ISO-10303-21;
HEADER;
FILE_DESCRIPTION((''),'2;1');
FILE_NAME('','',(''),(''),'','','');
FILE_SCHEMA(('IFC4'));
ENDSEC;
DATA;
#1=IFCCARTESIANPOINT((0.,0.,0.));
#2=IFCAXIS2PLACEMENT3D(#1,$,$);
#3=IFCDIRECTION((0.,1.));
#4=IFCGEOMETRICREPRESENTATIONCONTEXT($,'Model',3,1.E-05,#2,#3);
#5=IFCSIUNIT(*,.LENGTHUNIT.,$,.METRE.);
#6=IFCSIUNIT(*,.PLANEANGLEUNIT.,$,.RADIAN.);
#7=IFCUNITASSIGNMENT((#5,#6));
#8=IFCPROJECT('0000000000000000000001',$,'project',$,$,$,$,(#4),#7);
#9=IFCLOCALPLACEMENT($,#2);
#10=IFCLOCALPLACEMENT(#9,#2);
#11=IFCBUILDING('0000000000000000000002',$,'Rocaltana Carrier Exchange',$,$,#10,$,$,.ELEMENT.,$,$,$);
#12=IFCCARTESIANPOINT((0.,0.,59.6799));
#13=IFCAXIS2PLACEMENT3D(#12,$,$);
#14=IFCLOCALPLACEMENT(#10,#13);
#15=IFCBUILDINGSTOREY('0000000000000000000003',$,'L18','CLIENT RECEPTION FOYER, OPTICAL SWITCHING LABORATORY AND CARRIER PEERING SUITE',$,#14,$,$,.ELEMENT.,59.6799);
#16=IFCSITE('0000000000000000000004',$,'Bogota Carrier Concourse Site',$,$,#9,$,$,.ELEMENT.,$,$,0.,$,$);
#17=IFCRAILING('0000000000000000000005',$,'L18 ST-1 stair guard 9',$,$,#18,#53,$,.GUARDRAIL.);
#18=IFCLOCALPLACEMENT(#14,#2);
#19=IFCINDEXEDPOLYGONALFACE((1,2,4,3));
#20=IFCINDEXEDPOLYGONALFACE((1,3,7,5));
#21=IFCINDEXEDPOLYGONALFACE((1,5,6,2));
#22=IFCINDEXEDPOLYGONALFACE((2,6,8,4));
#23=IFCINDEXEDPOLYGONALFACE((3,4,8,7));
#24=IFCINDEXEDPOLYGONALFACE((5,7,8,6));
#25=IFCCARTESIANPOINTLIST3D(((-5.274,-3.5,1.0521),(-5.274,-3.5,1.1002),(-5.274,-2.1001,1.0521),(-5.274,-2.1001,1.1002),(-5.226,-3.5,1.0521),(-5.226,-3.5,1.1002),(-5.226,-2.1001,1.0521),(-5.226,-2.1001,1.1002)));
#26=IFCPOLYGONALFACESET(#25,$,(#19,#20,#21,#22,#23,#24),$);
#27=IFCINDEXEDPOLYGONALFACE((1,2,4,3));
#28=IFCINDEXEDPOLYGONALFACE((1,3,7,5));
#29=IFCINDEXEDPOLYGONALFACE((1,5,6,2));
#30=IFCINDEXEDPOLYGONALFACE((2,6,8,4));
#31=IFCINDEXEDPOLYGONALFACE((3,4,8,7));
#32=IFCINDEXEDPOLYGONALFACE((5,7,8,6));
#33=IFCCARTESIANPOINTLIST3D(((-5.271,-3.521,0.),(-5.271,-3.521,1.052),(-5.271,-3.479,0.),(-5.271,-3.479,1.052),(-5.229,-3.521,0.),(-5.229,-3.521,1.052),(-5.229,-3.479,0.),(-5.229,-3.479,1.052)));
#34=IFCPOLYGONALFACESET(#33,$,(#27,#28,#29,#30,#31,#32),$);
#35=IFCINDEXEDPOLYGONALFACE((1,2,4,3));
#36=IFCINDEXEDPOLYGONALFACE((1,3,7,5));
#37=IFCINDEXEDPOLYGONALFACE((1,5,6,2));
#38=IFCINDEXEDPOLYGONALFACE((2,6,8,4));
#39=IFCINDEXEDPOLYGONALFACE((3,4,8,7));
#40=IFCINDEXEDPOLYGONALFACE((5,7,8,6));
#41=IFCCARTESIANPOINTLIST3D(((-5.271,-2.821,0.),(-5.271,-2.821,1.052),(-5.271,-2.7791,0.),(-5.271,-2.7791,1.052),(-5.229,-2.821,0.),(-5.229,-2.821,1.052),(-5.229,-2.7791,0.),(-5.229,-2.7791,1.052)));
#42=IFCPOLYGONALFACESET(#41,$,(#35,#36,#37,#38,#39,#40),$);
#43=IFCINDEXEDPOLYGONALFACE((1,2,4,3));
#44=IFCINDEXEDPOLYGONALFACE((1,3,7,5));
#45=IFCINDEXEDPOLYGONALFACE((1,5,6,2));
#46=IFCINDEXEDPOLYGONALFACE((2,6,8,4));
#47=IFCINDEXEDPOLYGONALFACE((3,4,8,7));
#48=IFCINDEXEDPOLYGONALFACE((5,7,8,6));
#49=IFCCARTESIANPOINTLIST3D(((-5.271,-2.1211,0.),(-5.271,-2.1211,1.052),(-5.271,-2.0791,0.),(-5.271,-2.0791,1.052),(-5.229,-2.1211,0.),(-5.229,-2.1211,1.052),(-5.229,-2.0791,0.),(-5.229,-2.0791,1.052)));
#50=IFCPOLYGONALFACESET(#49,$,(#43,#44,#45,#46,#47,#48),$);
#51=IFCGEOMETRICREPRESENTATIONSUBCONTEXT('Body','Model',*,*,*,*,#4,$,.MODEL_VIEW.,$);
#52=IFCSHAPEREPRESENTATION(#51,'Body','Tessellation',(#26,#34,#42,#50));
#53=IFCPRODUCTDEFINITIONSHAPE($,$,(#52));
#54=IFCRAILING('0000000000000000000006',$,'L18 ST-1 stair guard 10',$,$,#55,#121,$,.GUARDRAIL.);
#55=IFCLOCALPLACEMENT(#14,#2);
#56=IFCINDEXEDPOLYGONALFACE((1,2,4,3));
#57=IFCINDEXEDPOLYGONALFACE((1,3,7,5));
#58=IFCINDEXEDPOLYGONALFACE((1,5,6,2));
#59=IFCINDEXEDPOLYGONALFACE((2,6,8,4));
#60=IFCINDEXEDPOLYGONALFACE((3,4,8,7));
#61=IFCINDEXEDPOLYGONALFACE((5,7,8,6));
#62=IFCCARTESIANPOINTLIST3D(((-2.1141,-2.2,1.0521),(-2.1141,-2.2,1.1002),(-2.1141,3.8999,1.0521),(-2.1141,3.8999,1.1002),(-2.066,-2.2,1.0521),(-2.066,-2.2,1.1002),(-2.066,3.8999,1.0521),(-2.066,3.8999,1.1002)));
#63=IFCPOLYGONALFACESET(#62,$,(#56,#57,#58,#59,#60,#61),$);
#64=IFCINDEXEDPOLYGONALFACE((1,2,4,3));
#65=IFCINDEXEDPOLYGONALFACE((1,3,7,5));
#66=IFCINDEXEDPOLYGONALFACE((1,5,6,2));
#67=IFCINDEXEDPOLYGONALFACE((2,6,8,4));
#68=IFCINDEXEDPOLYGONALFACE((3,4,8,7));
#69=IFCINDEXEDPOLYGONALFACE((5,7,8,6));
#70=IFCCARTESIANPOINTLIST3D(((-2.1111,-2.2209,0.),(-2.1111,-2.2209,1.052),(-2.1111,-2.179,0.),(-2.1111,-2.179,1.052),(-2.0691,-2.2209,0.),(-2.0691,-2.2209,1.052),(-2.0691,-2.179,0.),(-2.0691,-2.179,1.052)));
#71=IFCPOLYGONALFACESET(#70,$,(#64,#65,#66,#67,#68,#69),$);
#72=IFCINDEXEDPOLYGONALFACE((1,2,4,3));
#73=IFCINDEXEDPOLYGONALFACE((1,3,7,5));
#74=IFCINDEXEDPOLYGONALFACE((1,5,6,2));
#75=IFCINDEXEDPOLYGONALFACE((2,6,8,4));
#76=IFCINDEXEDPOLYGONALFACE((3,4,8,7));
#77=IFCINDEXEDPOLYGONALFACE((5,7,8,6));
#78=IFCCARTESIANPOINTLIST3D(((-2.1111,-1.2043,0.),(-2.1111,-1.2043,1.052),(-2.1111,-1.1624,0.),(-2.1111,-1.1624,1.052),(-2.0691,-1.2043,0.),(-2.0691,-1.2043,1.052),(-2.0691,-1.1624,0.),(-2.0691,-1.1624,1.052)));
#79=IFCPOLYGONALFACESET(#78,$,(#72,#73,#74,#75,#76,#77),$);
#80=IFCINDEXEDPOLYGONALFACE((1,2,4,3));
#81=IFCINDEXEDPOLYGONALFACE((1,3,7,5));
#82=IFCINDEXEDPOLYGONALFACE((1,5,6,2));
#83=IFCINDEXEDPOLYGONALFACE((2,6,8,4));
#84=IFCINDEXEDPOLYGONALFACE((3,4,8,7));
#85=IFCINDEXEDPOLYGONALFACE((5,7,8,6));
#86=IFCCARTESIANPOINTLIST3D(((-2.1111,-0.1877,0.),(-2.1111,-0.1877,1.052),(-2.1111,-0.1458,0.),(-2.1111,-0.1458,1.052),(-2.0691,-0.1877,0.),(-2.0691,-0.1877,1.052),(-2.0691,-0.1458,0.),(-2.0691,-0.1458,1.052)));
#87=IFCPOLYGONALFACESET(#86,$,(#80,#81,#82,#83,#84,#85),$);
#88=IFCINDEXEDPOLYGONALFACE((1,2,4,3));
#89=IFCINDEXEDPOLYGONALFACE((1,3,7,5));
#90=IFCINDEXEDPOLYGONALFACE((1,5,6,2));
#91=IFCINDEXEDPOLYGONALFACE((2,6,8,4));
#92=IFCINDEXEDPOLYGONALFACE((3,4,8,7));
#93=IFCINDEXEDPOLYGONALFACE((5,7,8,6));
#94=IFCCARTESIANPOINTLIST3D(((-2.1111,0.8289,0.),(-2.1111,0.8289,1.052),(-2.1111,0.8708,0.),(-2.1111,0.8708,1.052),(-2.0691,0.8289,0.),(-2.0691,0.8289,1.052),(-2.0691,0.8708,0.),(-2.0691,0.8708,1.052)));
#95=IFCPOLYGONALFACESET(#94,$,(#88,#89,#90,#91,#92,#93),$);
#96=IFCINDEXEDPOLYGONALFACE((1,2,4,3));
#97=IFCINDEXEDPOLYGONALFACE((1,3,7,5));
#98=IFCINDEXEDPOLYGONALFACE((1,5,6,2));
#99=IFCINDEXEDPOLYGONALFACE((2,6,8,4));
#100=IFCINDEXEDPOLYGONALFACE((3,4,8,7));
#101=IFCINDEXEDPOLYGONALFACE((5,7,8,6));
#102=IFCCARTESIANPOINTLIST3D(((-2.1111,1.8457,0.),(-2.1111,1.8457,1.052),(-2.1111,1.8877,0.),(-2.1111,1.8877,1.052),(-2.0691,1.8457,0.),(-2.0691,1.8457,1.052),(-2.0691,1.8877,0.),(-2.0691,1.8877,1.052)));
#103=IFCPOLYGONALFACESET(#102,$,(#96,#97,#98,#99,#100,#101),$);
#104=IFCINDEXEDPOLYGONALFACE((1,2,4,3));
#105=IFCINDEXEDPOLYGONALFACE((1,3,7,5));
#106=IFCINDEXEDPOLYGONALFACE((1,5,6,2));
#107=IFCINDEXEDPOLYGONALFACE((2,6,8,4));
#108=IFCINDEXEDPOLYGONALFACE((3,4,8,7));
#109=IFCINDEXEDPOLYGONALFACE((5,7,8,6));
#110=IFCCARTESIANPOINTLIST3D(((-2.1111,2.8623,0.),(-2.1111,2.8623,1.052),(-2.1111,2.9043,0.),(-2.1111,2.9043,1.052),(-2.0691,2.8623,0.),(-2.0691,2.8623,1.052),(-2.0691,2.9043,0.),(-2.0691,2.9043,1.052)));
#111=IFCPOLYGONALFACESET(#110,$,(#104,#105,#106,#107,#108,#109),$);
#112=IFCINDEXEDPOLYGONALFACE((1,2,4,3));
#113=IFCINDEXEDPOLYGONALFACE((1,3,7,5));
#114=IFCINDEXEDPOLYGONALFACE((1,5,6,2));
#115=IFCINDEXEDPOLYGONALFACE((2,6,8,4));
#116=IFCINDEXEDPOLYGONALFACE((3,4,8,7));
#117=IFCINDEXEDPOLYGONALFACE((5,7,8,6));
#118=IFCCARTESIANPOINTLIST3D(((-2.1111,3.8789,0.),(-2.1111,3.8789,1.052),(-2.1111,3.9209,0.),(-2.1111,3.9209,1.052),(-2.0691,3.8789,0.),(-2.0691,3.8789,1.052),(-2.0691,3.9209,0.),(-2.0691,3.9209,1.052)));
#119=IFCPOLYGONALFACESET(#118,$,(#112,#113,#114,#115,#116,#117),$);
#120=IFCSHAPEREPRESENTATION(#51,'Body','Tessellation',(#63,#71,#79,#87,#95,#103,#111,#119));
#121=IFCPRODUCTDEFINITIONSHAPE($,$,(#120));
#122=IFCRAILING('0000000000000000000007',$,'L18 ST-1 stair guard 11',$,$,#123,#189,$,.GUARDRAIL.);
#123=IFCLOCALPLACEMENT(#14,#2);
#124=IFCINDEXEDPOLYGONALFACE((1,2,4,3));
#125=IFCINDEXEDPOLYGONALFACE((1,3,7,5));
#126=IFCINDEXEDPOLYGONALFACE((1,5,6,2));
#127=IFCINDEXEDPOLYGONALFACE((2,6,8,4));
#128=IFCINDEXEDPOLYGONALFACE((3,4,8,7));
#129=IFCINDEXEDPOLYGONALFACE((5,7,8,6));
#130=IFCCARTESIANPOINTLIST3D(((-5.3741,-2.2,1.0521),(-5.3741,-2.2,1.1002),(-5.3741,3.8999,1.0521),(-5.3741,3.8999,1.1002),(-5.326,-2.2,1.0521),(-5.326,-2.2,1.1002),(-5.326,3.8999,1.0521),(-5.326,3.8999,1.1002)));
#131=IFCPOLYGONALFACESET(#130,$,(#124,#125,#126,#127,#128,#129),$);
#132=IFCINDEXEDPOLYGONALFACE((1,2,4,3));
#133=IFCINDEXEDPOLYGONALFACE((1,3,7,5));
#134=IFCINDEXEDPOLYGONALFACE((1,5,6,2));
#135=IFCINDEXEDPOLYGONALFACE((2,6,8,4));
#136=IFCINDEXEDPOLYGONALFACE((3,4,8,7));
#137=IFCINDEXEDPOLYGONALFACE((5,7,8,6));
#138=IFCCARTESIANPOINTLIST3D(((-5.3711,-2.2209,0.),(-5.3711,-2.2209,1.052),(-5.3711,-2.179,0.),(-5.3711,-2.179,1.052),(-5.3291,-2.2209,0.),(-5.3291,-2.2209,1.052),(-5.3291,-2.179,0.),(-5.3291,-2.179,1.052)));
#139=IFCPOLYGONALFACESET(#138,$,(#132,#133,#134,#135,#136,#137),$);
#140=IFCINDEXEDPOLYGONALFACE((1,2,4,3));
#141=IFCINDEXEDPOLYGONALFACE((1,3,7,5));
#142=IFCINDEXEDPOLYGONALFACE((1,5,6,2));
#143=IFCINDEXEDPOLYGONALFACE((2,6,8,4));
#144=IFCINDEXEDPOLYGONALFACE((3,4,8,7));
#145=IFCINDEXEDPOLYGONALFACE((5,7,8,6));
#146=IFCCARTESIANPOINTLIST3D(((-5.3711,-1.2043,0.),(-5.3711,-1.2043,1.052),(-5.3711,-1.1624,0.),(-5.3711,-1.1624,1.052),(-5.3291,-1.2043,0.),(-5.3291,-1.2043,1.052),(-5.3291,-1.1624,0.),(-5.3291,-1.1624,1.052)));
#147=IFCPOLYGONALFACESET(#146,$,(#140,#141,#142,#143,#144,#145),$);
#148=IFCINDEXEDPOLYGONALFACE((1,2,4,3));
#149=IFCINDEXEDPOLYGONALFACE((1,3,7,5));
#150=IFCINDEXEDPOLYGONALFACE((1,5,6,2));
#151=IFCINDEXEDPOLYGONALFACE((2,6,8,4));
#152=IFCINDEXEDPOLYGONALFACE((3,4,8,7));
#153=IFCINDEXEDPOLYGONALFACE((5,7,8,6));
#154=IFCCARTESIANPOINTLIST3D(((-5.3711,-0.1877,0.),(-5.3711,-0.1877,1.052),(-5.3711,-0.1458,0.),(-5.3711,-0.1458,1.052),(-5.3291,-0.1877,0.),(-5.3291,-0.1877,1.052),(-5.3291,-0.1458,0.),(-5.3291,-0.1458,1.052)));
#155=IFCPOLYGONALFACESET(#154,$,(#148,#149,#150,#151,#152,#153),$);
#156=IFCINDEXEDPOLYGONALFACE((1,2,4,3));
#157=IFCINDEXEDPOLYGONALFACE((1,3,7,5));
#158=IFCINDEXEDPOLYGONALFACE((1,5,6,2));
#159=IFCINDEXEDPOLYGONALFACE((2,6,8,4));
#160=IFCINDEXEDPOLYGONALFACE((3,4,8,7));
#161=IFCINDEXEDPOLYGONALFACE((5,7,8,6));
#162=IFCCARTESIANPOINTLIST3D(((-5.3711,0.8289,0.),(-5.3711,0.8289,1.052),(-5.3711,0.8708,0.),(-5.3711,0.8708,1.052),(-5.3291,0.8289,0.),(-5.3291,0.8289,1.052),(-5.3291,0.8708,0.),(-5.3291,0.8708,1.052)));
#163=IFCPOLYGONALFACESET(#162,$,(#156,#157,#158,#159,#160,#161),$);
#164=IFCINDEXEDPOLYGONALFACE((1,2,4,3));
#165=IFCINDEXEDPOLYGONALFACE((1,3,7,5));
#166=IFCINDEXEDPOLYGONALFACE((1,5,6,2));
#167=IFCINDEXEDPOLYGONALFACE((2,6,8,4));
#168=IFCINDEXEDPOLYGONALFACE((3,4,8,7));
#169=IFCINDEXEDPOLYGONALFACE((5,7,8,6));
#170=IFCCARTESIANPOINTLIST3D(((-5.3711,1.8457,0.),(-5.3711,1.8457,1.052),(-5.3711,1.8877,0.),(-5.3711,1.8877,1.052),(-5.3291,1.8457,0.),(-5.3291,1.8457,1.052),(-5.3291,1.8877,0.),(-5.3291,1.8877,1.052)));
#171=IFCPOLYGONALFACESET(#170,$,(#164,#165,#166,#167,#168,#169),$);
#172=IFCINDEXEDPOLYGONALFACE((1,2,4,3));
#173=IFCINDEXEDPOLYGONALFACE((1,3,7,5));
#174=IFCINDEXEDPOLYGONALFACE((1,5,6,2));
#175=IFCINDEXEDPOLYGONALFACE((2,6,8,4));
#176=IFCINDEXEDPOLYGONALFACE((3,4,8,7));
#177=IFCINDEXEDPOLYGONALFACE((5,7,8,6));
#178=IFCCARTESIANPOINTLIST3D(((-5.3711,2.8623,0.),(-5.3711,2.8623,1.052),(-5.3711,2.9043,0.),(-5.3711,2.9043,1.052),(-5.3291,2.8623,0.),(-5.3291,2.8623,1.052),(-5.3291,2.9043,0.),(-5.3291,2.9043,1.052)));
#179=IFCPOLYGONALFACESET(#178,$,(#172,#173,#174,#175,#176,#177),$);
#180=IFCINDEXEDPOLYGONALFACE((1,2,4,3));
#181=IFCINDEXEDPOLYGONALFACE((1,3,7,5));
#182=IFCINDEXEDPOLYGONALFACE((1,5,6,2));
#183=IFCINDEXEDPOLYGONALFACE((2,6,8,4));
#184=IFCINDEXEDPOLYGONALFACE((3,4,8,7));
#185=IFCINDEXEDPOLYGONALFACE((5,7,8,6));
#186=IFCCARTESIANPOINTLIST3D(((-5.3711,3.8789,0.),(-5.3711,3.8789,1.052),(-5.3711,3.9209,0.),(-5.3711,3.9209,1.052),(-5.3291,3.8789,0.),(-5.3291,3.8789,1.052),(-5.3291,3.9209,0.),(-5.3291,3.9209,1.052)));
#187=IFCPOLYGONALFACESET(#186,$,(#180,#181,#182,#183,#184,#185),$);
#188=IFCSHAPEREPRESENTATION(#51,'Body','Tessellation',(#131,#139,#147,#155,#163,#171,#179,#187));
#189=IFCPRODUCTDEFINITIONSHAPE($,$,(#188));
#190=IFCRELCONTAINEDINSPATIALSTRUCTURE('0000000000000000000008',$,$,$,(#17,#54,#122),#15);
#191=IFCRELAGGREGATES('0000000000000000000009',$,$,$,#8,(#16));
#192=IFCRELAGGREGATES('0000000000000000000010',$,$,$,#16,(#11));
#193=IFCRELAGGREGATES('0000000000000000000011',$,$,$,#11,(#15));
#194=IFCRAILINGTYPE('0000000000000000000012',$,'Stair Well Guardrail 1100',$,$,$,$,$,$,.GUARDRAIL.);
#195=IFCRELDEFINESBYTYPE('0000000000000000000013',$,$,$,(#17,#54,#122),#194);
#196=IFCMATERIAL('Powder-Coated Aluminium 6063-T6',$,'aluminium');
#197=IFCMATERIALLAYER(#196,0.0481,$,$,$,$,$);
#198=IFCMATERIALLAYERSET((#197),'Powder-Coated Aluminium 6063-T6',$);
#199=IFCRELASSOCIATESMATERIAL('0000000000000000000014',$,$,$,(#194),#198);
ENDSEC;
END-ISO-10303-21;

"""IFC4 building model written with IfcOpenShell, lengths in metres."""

from ifc_helpers import new_model, si_unit, direction, frame, origin, origin_2d, place, context, subcontext, project, spatial, rectangle, extrude, material, layer, layer_set, type_object, element, save


model = new_model("IFC4")

# Units and contexts
model_context = context("Model", 3, precision=1e-05, world=origin(), true_north=direction((0.0, 1.0)))
body_context = subcontext(model_context, "Body", "Model", "MODEL_VIEW")
ifc_project = project(units=[si_unit("LENGTHUNIT", "METRE"), si_unit("PLANEANGLEUNIT", "RADIAN")], contexts=[model_context])

# Site, building, storey
site_placement = place(None, origin())
site = spatial("IfcSite", under=ifc_project, at=site_placement, Name="Bogota Carrier Concourse Site", CompositionType="ELEMENT", RefElevation=0.0)
building_placement = place(site_placement, origin())
building = spatial("IfcBuilding", under=site, at=building_placement, Name="Rocaltana Carrier Exchange", CompositionType="ELEMENT")
storey_placement = place(building_placement, frame((0.0, 0.0, 59.6799)))
storey = spatial("IfcBuildingStorey", under=building, at=storey_placement, Name="L18", Description="CLIENT RECEPTION FOYER, OPTICAL SWITCHING LABORATORY AND CARRIER PEERING SUITE", CompositionType="ELEMENT", Elevation=59.6799)

# Railings
ifc_material_1 = material(Name="Powder-Coated Aluminium 6063-T6", Category="aluminium")
ifc_layer_1 = layer(ifc_material_1, 0.0481)
ifc_layer_set_1 = layer_set([ifc_layer_1], Name="Powder-Coated Aluminium 6063-T6")
railing_type_1 = type_object("IfcRailingType", Name="Stair Well Guardrail 1100", PredefinedType="GUARDRAIL", material=ifc_layer_set_1)
for number, where, name in (
    (1, (-5.25, -3.5, 0.0), "L18 ST-1 stair guard 9"),
):
    element("IfcRailing", number, at=place(storey_placement, frame(where)), inside=storey, type_object=railing_type_1, Name=name, PredefinedType="GUARDRAIL", context=body_context, shape_type="SweptSolid", body=[
        extrude(rectangle(XDim=0.0481, YDim=0.0481, at=origin_2d()), frame((0.0, 0.0, 1.0762), z_axis=(0.0, 1.0, 0.0), x_axis=(-1.0, 0.0, 0.0)), (0.0, 0.0, 1.0), 1.3999),
        extrude(rectangle(XDim=0.042, YDim=0.042, at=origin_2d()), origin(), (0.0, 0.0, 1.0), 1.052),
        extrude(rectangle(XDim=0.042, YDim=0.042, at=origin_2d()), frame((0.0, 0.7, 0.0)), (0.0, 0.0, 1.0), 1.052),
        extrude(rectangle(XDim=0.042, YDim=0.042, at=origin_2d()), frame((0.0, 1.3999, 0.0)), (0.0, 0.0, 1.0), 1.052),
    ])
for number, where, name in (
    (2, (-2.0901, -2.2, 0.0), "L18 ST-1 stair guard 10"),
    (3, (-5.3501, -2.2, 0.0), "L18 ST-1 stair guard 11"),
):
    element("IfcRailing", number, at=place(storey_placement, frame(where)), inside=storey, type_object=railing_type_1, Name=name, PredefinedType="GUARDRAIL", context=body_context, shape_type="SweptSolid", body=[
        extrude(rectangle(XDim=0.0481, YDim=0.0481, at=origin_2d()), frame((0.0, 0.0, 1.0762), z_axis=(0.0, 1.0, 0.0), x_axis=(-1.0, 0.0, 0.0)), (0.0, 0.0, 1.0), 6.0999),
        extrude(rectangle(XDim=0.042, YDim=0.042, at=origin_2d()), origin(), (0.0, 0.0, 1.0), 1.052),
        extrude(rectangle(XDim=0.042, YDim=0.042, at=origin_2d()), frame((0.0, 1.0166, 0.0)), (0.0, 0.0, 1.0), 1.052),
        extrude(rectangle(XDim=0.042, YDim=0.042, at=origin_2d()), frame((0.0, 2.0332, 0.0)), (0.0, 0.0, 1.0), 1.052),
        extrude(rectangle(XDim=0.042, YDim=0.042, at=origin_2d()), frame((0.0, 3.0498, 0.0)), (0.0, 0.0, 1.0), 1.052),
        extrude(rectangle(XDim=0.042, YDim=0.042, at=origin_2d()), frame((0.0, 4.0667, 0.0)), (0.0, 0.0, 1.0), 1.052),
        extrude(rectangle(XDim=0.042, YDim=0.042, at=origin_2d()), frame((0.0, 5.0833, 0.0)), (0.0, 0.0, 1.0), 1.052),
        extrude(rectangle(XDim=0.042, YDim=0.042, at=origin_2d()), frame((0.0, 6.0999, 0.0)), (0.0, 0.0, 1.0), 1.052),
    ])

save(model, "model.ifc")
